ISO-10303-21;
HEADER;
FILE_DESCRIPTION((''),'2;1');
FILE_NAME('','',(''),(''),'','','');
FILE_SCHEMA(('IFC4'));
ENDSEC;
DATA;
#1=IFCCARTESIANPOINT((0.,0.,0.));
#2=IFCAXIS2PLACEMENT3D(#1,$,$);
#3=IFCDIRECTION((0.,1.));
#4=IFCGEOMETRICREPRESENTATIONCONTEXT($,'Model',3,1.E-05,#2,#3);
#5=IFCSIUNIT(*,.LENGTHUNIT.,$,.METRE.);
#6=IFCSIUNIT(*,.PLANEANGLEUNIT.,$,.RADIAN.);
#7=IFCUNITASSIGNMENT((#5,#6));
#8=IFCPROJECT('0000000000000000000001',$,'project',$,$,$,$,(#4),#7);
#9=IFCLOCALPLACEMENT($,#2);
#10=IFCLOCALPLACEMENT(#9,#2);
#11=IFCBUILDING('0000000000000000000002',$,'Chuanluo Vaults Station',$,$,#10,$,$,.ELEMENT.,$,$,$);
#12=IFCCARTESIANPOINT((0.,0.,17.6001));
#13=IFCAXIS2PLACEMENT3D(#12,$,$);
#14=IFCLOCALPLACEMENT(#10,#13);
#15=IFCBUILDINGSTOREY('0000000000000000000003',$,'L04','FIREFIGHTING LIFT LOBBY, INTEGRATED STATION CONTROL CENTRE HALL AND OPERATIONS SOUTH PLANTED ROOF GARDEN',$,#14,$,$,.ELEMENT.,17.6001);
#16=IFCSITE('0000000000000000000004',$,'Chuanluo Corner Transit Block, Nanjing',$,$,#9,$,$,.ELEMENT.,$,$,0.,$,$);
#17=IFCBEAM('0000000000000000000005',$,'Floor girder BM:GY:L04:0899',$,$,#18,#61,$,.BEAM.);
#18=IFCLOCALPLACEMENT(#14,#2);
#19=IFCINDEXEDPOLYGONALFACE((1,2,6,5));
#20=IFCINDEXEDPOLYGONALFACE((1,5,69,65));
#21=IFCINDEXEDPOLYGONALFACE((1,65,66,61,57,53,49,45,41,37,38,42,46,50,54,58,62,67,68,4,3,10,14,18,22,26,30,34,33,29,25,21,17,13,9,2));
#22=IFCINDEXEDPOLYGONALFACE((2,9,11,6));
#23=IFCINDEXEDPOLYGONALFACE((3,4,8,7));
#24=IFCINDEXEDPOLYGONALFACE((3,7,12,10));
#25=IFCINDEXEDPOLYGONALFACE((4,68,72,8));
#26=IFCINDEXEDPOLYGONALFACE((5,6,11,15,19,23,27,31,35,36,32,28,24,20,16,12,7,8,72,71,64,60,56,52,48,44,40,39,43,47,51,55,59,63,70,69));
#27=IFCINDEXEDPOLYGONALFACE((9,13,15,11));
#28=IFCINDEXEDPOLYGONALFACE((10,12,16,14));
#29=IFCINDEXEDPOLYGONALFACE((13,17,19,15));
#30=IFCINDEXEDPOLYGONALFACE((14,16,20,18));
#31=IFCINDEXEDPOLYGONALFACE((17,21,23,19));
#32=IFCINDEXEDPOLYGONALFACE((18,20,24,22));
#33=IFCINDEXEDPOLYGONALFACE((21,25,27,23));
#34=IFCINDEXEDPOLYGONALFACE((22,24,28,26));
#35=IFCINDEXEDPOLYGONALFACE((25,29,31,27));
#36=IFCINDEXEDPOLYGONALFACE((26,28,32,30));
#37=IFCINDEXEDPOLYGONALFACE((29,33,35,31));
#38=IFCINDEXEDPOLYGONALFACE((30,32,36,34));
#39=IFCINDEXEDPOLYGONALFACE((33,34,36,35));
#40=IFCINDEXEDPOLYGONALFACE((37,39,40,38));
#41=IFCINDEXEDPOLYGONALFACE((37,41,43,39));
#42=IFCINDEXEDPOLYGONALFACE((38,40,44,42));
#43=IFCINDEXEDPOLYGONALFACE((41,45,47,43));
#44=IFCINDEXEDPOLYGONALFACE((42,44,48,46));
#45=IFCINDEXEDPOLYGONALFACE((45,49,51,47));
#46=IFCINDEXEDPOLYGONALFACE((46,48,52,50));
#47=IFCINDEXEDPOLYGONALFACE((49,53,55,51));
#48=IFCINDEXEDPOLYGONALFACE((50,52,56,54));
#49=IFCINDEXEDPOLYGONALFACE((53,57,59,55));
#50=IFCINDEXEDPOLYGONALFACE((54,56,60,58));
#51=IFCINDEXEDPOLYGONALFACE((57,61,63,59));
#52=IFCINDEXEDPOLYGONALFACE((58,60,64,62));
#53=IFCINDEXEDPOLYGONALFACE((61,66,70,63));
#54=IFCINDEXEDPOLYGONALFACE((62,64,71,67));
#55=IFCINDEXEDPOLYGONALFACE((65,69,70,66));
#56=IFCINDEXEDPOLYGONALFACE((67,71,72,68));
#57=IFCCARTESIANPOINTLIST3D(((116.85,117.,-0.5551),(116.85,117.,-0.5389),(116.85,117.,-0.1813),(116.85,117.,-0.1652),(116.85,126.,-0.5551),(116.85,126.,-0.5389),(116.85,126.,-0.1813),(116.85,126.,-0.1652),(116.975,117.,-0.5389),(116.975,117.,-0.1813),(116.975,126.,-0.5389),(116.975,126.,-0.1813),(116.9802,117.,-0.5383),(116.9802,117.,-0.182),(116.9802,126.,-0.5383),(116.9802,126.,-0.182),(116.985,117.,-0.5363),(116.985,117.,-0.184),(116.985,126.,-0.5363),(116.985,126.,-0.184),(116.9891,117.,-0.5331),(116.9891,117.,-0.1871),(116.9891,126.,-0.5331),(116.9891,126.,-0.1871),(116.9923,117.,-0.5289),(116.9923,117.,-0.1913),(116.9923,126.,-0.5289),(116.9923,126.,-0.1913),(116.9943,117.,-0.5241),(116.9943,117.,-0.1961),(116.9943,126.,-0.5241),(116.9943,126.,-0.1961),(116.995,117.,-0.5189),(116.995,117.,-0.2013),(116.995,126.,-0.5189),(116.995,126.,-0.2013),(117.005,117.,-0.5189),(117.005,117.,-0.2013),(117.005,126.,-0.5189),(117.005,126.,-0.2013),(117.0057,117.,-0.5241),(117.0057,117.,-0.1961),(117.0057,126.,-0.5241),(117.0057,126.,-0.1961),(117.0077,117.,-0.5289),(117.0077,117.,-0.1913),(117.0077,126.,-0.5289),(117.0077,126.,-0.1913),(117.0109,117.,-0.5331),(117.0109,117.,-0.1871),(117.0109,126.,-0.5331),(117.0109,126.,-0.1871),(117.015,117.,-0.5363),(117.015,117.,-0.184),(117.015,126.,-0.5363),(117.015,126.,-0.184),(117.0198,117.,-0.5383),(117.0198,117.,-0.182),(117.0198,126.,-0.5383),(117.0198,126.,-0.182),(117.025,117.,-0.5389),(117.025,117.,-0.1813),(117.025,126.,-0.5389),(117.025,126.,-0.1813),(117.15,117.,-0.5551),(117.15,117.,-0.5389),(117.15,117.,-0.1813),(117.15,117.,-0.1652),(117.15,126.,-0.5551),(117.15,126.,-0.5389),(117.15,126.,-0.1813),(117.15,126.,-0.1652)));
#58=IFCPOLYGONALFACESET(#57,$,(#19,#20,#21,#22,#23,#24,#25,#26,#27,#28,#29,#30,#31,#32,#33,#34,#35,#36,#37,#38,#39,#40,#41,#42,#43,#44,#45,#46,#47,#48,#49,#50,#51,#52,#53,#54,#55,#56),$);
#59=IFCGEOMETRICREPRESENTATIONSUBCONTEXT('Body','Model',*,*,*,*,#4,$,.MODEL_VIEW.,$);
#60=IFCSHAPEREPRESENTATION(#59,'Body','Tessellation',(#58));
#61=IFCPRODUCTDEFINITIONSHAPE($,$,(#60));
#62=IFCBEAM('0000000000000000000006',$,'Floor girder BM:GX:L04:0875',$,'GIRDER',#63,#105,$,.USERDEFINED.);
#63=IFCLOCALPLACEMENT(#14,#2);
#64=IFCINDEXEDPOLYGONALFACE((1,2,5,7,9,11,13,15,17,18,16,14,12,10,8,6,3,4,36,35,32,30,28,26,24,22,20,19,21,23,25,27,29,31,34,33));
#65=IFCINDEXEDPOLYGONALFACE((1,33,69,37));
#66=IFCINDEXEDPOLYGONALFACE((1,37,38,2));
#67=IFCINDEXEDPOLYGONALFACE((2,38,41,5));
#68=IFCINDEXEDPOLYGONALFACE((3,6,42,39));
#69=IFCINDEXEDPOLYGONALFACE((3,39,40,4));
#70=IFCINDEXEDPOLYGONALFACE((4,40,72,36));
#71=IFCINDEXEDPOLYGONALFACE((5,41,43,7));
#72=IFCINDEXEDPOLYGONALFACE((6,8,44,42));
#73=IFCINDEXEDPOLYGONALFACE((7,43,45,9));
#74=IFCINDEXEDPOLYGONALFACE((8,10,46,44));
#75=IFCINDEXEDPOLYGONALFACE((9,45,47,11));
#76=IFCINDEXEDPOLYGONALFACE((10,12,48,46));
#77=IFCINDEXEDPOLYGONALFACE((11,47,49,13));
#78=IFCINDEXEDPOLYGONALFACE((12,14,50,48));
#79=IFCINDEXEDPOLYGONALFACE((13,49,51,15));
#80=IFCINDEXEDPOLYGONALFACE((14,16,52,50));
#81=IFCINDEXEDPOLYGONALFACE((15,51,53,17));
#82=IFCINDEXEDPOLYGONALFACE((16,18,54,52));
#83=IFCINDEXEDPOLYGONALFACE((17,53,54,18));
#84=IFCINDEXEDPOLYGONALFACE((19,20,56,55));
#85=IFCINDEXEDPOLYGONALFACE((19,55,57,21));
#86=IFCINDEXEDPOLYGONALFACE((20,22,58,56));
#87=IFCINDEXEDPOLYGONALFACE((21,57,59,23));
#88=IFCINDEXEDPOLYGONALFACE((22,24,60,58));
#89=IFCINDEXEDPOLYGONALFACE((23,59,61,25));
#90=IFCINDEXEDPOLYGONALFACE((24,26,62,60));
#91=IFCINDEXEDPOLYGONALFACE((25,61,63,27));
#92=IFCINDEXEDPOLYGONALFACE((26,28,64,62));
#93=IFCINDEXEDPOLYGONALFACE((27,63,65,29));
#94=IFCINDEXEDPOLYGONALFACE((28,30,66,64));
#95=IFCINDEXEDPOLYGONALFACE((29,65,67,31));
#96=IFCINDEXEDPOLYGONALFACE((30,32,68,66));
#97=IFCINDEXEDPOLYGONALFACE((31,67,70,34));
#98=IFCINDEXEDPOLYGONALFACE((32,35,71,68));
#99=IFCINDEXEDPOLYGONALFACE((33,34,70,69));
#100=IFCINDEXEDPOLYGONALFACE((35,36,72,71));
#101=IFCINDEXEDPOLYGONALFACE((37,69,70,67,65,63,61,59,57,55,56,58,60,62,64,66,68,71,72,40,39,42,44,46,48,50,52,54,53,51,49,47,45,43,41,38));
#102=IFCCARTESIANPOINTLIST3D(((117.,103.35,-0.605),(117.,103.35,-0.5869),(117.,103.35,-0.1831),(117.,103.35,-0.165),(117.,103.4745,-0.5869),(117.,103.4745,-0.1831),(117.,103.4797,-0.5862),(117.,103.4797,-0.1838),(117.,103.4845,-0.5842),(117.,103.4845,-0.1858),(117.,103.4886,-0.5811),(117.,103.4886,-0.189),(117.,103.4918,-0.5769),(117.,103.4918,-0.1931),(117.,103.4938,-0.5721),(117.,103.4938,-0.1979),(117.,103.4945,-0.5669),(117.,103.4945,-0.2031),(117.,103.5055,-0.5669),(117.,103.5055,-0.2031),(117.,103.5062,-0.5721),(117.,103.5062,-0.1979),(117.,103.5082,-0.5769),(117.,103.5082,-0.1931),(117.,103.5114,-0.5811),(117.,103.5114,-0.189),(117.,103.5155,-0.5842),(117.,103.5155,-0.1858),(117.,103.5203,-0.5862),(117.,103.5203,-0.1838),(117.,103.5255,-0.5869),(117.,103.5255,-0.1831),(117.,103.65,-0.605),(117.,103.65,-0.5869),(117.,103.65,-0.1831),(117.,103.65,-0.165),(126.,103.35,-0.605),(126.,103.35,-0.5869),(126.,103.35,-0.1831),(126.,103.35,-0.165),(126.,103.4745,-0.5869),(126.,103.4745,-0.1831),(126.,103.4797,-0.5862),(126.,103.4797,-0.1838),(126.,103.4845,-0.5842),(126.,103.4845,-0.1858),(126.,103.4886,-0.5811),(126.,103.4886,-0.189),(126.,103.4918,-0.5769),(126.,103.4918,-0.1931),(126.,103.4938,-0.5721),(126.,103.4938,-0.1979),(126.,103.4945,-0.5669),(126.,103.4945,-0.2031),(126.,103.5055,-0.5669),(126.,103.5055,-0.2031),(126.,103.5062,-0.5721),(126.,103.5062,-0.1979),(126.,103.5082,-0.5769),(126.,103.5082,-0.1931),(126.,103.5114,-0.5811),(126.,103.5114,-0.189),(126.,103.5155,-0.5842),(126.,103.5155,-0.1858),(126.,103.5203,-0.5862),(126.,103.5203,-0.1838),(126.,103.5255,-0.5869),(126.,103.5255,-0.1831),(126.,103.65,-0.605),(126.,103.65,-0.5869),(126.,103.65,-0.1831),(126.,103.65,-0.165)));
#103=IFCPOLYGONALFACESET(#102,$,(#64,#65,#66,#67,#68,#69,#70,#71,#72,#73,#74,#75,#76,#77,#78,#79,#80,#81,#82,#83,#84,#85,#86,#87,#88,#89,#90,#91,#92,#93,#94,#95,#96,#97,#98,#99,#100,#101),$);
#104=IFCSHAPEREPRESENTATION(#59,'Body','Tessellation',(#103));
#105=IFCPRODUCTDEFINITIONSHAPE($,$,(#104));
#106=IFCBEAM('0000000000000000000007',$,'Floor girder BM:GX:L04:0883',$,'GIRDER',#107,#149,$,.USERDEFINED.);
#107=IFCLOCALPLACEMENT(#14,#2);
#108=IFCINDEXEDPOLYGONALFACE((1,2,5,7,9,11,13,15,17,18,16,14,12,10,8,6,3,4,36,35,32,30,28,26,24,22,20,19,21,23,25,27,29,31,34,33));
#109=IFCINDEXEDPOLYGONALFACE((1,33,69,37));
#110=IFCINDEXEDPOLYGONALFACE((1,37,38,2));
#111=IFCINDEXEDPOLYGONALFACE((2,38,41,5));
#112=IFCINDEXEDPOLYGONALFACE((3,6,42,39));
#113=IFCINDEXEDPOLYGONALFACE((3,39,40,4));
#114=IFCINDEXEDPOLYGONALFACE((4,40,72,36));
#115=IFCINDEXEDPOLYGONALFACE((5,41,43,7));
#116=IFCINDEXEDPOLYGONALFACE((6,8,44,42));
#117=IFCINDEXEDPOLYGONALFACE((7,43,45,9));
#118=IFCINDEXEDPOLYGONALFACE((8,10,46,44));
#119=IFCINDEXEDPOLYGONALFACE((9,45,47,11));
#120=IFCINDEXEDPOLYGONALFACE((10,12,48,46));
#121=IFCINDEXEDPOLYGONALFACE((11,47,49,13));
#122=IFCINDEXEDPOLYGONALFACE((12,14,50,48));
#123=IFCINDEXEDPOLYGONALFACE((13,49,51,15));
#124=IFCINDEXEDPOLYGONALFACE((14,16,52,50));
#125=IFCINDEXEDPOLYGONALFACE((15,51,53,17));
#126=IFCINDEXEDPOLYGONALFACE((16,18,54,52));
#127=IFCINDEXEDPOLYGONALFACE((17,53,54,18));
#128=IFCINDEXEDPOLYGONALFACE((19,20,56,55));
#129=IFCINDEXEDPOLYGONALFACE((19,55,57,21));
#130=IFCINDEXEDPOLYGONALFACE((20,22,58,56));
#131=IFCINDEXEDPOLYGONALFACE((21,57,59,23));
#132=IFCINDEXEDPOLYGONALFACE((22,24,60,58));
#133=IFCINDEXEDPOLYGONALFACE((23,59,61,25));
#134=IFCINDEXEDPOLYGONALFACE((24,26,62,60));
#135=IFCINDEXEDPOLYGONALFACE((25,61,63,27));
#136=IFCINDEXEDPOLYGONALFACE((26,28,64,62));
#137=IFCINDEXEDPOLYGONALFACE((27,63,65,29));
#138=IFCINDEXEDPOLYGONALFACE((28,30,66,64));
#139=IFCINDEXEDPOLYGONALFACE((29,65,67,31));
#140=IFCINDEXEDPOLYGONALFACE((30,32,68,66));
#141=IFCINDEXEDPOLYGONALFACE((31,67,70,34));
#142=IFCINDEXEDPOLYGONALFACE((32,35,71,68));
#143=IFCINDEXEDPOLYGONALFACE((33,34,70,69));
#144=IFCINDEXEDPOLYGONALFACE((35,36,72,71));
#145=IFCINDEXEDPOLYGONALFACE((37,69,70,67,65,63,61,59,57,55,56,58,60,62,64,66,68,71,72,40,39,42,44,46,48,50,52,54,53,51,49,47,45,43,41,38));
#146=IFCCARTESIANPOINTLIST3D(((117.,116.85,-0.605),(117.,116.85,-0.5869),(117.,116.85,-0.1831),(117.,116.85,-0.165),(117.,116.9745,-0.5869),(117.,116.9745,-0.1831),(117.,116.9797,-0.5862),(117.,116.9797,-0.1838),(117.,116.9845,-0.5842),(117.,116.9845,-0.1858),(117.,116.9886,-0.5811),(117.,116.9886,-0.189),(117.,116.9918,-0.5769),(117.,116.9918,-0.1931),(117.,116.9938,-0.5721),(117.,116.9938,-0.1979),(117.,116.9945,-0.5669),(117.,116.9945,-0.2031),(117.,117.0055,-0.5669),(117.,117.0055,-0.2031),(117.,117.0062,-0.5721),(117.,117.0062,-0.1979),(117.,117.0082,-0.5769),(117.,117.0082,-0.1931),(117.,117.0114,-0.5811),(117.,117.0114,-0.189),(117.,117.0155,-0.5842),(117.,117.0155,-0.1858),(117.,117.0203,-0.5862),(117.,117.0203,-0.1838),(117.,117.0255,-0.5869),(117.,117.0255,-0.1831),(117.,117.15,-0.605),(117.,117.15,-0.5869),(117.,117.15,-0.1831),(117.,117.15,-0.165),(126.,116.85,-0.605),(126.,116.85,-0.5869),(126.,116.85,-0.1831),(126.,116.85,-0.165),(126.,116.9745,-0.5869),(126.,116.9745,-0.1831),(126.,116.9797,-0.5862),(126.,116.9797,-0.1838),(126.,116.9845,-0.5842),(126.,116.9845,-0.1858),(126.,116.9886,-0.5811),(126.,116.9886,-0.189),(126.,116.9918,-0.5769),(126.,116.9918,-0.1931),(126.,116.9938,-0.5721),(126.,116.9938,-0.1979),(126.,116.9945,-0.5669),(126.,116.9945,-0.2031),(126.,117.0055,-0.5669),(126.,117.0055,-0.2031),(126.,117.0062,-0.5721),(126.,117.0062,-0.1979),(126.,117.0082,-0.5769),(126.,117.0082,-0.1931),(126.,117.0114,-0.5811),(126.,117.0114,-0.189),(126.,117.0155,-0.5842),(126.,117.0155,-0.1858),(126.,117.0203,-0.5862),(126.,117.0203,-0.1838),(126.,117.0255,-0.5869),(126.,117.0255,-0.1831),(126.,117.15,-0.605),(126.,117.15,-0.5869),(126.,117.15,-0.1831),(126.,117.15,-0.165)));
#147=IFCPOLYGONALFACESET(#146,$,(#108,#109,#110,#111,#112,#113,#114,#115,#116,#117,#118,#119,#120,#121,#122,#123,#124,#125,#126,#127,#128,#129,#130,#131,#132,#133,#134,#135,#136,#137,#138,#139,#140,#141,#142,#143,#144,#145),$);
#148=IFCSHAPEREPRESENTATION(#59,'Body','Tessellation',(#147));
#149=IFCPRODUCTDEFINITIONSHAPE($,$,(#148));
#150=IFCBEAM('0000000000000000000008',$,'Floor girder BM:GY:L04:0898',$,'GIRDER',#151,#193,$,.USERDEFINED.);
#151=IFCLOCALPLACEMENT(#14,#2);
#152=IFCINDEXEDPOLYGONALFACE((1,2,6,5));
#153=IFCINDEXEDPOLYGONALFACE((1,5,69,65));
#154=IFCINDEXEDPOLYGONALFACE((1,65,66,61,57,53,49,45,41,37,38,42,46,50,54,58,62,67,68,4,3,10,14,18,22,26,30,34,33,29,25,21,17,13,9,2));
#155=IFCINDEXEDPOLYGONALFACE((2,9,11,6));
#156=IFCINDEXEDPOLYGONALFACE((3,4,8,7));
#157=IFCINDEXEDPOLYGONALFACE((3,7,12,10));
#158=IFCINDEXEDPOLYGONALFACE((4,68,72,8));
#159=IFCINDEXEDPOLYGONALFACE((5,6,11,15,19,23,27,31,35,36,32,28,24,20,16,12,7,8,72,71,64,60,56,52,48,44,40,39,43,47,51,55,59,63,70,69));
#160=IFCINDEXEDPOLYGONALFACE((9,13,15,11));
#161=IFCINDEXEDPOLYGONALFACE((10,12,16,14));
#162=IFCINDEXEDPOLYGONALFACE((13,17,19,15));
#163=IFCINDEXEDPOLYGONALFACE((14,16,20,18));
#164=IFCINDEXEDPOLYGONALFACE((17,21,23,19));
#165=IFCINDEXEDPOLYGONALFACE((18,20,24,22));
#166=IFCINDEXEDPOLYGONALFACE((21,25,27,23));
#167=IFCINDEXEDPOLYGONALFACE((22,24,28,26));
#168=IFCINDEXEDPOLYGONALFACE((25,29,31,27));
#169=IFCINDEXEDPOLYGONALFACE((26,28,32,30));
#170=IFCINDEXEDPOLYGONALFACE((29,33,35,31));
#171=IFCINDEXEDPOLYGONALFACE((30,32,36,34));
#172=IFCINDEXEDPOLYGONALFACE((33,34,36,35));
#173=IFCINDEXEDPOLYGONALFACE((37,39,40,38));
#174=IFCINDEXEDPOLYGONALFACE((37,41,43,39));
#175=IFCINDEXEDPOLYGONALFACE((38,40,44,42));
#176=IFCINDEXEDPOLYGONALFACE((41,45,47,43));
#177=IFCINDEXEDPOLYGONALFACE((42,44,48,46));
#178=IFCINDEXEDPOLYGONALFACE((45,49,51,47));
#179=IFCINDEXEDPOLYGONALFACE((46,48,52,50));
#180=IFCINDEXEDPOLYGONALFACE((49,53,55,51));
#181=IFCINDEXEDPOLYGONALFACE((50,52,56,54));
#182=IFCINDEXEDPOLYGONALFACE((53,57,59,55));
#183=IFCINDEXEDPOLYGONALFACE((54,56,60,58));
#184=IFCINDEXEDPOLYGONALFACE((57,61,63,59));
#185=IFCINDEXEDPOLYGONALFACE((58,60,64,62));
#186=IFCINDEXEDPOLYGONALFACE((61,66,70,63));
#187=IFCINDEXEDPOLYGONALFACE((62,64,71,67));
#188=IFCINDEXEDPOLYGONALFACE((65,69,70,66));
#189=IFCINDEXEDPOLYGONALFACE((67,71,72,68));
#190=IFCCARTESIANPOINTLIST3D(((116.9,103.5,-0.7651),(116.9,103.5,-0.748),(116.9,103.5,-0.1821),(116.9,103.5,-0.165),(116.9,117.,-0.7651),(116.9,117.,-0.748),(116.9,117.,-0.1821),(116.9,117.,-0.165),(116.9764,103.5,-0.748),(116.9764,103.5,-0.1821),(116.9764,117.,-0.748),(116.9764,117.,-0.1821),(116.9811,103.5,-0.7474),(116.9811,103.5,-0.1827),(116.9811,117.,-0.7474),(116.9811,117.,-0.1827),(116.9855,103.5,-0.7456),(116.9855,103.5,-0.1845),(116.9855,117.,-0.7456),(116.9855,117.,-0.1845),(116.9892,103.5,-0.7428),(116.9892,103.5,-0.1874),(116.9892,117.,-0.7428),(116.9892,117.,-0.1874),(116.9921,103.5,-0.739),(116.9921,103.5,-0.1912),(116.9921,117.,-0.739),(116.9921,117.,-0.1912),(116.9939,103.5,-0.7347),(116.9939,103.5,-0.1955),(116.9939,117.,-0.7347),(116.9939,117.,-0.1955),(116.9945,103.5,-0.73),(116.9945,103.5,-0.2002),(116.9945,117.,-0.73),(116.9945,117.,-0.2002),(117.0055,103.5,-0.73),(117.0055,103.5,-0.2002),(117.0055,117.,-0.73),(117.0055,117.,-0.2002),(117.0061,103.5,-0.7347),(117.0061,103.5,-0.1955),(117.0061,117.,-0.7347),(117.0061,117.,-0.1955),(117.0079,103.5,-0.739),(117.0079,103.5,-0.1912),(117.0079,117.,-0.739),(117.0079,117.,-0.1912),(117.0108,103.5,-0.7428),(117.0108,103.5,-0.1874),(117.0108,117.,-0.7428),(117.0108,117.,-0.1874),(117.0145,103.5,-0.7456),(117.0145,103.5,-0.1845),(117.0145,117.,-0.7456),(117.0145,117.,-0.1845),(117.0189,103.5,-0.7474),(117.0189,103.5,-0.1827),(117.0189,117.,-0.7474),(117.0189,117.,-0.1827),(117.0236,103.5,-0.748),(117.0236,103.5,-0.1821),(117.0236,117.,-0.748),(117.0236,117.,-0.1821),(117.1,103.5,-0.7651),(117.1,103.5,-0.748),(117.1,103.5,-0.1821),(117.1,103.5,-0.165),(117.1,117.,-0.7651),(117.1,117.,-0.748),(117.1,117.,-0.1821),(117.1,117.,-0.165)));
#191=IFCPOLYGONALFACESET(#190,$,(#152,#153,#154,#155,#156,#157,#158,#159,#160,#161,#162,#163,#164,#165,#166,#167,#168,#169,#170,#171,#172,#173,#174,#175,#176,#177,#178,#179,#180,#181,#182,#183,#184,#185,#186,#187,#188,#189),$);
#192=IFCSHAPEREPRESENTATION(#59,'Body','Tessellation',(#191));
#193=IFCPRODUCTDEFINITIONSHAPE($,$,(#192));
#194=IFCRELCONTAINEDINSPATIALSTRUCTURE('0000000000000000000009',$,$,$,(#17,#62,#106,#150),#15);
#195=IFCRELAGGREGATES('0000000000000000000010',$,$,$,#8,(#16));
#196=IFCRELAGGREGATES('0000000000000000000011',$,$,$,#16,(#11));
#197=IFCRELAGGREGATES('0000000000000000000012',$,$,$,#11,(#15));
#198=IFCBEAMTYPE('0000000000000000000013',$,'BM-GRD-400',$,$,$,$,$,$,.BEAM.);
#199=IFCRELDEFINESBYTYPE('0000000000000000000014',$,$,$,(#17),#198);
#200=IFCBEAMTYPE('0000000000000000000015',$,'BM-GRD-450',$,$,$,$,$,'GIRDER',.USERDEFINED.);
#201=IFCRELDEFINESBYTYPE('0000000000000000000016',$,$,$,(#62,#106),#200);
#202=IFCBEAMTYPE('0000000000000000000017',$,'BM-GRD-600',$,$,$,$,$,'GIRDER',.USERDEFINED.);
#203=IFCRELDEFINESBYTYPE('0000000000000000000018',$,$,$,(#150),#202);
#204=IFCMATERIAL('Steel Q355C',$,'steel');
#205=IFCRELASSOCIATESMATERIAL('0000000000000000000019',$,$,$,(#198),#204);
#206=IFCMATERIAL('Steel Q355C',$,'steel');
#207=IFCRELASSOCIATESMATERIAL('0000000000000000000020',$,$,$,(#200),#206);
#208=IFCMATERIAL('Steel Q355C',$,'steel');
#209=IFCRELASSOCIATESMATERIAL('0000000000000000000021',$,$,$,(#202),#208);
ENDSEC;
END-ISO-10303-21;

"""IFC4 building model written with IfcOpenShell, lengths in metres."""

from ifc_helpers import new_model, si_unit, direction, frame, origin, origin_2d, place, context, subcontext, project, spatial, i_section, extrude, material, material_profile, profile_set, type_object, element, save


model = new_model("IFC4")

# Units and contexts
model_context = context("Model", 3, precision=1e-05, world=origin(), true_north=direction((0.0, 1.0)))
body_context = subcontext(model_context, "Body", "Model", "MODEL_VIEW")
ifc_project = project(units=[si_unit("LENGTHUNIT", "METRE"), si_unit("PLANEANGLEUNIT", "RADIAN")], contexts=[model_context])

# Site, building, storey
site_placement = place(None, origin())
site = spatial("IfcSite", under=ifc_project, at=site_placement, Name="Chuanluo Corner Transit Block, Nanjing", CompositionType="ELEMENT", RefElevation=0.0)
building_placement = place(site_placement, origin())
building = spatial("IfcBuilding", under=site, at=building_placement, Name="Chuanluo Vaults Station", CompositionType="ELEMENT")
storey_placement = place(building_placement, frame((0.0, 0.0, 17.6001)))
storey = spatial("IfcBuildingStorey", under=building, at=storey_placement, Name="L04", Description="FIREFIGHTING LIFT LOBBY, INTEGRATED STATION CONTROL CENTRE HALL AND OPERATIONS SOUTH PLANTED ROOF GARDEN", CompositionType="ELEMENT", Elevation=17.6001)

# Beams
ifc_material_1 = material(Name="Steel Q355C", Category="steel")
ifc_material_profile_1 = material_profile(ifc_material_1, i_section(OverallWidth=0.3, OverallDepth=0.3899, WebThickness=0.01, FlangeThickness=0.0161, FilletRadius=0.02, at=origin_2d()))
ifc_profile_set_1 = profile_set([ifc_material_profile_1], Name="Steel Q355C")
beam_type_1 = type_object("IfcBeamType", Name="BM-GRD-400", PredefinedType="BEAM", material=ifc_profile_set_1)
beam_1_placement = place(storey_placement, frame((117.0, 117.0, -0.3601), z_axis=(0.0, 1.0, 0.0), x_axis=(-1.0, 0.0, 0.0)))
element("IfcBeam", 1, at=beam_1_placement, inside=storey, type_object=beam_type_1, Name="Floor girder BM:GY:L04:0899", PredefinedType="BEAM", context=body_context, shape_type="SweptSolid", body=[
    extrude(i_section(OverallWidth=0.3, OverallDepth=0.3899, WebThickness=0.01, FlangeThickness=0.0161, FilletRadius=0.02, at=origin_2d()), origin(), (0.0, 0.0, 1.0), 9.0),
])
ifc_material_2 = material(Name="Steel Q355C", Category="steel")
ifc_material_profile_2 = material_profile(ifc_material_2, i_section(OverallWidth=0.3, OverallDepth=0.4399, WebThickness=0.011, FlangeThickness=0.0181, FilletRadius=0.02, at=origin_2d()))
ifc_profile_set_2 = profile_set([ifc_material_profile_2], Name="Steel Q355C")
beam_type_2 = type_object("IfcBeamType", Name="BM-GRD-450", ElementType="GIRDER", PredefinedType="USERDEFINED", material=ifc_profile_set_2)
for number, where, z_axis, x_axis, name in (
    (2, (117.0, 103.5, -0.385), (1.0, 0.0, 0.0), (0.0, 1.0, 0.0), "Floor girder BM:GX:L04:0875"),
    (3, (117.0, 117.0, -0.385), (1.0, 0.0, 0.0), (0.0, 1.0, 0.0), "Floor girder BM:GX:L04:0883"),
):
    element("IfcBeam", number, at=place(storey_placement, frame(where, z_axis=z_axis, x_axis=x_axis)), inside=storey, type_object=beam_type_2, Name=name, ObjectType="GIRDER", PredefinedType="USERDEFINED", context=body_context, shape_type="SweptSolid", body=[
        extrude(i_section(OverallWidth=0.3, OverallDepth=0.4399, WebThickness=0.011, FlangeThickness=0.0181, FilletRadius=0.02, at=origin_2d()), origin(), (0.0, 0.0, 1.0), 9.0),
    ])
ifc_material_3 = material(Name="Steel Q355C", Category="steel")
ifc_material_profile_3 = material_profile(ifc_material_3, i_section(OverallWidth=0.2, OverallDepth=0.6001, WebThickness=0.011, FlangeThickness=0.0171, FilletRadius=0.0181, at=origin_2d()))
ifc_profile_set_3 = profile_set([ifc_material_profile_3], Name="Steel Q355C")
beam_type_3 = type_object("IfcBeamType", Name="BM-GRD-600", ElementType="GIRDER", PredefinedType="USERDEFINED", material=ifc_profile_set_3)
beam_2_placement = place(storey_placement, frame((117.0, 103.5, -0.4651), z_axis=(0.0, 1.0, 0.0), x_axis=(-1.0, 0.0, 0.0)))
element("IfcBeam", 4, at=beam_2_placement, inside=storey, type_object=beam_type_3, Name="Floor girder BM:GY:L04:0898", ObjectType="GIRDER", PredefinedType="USERDEFINED", context=body_context, shape_type="SweptSolid", body=[
    extrude(i_section(OverallWidth=0.2, OverallDepth=0.6001, WebThickness=0.011, FlangeThickness=0.0171, FilletRadius=0.0181, at=origin_2d()), origin(), (0.0, 0.0, 1.0), 13.5),
])

save(model, "model.ifc")
